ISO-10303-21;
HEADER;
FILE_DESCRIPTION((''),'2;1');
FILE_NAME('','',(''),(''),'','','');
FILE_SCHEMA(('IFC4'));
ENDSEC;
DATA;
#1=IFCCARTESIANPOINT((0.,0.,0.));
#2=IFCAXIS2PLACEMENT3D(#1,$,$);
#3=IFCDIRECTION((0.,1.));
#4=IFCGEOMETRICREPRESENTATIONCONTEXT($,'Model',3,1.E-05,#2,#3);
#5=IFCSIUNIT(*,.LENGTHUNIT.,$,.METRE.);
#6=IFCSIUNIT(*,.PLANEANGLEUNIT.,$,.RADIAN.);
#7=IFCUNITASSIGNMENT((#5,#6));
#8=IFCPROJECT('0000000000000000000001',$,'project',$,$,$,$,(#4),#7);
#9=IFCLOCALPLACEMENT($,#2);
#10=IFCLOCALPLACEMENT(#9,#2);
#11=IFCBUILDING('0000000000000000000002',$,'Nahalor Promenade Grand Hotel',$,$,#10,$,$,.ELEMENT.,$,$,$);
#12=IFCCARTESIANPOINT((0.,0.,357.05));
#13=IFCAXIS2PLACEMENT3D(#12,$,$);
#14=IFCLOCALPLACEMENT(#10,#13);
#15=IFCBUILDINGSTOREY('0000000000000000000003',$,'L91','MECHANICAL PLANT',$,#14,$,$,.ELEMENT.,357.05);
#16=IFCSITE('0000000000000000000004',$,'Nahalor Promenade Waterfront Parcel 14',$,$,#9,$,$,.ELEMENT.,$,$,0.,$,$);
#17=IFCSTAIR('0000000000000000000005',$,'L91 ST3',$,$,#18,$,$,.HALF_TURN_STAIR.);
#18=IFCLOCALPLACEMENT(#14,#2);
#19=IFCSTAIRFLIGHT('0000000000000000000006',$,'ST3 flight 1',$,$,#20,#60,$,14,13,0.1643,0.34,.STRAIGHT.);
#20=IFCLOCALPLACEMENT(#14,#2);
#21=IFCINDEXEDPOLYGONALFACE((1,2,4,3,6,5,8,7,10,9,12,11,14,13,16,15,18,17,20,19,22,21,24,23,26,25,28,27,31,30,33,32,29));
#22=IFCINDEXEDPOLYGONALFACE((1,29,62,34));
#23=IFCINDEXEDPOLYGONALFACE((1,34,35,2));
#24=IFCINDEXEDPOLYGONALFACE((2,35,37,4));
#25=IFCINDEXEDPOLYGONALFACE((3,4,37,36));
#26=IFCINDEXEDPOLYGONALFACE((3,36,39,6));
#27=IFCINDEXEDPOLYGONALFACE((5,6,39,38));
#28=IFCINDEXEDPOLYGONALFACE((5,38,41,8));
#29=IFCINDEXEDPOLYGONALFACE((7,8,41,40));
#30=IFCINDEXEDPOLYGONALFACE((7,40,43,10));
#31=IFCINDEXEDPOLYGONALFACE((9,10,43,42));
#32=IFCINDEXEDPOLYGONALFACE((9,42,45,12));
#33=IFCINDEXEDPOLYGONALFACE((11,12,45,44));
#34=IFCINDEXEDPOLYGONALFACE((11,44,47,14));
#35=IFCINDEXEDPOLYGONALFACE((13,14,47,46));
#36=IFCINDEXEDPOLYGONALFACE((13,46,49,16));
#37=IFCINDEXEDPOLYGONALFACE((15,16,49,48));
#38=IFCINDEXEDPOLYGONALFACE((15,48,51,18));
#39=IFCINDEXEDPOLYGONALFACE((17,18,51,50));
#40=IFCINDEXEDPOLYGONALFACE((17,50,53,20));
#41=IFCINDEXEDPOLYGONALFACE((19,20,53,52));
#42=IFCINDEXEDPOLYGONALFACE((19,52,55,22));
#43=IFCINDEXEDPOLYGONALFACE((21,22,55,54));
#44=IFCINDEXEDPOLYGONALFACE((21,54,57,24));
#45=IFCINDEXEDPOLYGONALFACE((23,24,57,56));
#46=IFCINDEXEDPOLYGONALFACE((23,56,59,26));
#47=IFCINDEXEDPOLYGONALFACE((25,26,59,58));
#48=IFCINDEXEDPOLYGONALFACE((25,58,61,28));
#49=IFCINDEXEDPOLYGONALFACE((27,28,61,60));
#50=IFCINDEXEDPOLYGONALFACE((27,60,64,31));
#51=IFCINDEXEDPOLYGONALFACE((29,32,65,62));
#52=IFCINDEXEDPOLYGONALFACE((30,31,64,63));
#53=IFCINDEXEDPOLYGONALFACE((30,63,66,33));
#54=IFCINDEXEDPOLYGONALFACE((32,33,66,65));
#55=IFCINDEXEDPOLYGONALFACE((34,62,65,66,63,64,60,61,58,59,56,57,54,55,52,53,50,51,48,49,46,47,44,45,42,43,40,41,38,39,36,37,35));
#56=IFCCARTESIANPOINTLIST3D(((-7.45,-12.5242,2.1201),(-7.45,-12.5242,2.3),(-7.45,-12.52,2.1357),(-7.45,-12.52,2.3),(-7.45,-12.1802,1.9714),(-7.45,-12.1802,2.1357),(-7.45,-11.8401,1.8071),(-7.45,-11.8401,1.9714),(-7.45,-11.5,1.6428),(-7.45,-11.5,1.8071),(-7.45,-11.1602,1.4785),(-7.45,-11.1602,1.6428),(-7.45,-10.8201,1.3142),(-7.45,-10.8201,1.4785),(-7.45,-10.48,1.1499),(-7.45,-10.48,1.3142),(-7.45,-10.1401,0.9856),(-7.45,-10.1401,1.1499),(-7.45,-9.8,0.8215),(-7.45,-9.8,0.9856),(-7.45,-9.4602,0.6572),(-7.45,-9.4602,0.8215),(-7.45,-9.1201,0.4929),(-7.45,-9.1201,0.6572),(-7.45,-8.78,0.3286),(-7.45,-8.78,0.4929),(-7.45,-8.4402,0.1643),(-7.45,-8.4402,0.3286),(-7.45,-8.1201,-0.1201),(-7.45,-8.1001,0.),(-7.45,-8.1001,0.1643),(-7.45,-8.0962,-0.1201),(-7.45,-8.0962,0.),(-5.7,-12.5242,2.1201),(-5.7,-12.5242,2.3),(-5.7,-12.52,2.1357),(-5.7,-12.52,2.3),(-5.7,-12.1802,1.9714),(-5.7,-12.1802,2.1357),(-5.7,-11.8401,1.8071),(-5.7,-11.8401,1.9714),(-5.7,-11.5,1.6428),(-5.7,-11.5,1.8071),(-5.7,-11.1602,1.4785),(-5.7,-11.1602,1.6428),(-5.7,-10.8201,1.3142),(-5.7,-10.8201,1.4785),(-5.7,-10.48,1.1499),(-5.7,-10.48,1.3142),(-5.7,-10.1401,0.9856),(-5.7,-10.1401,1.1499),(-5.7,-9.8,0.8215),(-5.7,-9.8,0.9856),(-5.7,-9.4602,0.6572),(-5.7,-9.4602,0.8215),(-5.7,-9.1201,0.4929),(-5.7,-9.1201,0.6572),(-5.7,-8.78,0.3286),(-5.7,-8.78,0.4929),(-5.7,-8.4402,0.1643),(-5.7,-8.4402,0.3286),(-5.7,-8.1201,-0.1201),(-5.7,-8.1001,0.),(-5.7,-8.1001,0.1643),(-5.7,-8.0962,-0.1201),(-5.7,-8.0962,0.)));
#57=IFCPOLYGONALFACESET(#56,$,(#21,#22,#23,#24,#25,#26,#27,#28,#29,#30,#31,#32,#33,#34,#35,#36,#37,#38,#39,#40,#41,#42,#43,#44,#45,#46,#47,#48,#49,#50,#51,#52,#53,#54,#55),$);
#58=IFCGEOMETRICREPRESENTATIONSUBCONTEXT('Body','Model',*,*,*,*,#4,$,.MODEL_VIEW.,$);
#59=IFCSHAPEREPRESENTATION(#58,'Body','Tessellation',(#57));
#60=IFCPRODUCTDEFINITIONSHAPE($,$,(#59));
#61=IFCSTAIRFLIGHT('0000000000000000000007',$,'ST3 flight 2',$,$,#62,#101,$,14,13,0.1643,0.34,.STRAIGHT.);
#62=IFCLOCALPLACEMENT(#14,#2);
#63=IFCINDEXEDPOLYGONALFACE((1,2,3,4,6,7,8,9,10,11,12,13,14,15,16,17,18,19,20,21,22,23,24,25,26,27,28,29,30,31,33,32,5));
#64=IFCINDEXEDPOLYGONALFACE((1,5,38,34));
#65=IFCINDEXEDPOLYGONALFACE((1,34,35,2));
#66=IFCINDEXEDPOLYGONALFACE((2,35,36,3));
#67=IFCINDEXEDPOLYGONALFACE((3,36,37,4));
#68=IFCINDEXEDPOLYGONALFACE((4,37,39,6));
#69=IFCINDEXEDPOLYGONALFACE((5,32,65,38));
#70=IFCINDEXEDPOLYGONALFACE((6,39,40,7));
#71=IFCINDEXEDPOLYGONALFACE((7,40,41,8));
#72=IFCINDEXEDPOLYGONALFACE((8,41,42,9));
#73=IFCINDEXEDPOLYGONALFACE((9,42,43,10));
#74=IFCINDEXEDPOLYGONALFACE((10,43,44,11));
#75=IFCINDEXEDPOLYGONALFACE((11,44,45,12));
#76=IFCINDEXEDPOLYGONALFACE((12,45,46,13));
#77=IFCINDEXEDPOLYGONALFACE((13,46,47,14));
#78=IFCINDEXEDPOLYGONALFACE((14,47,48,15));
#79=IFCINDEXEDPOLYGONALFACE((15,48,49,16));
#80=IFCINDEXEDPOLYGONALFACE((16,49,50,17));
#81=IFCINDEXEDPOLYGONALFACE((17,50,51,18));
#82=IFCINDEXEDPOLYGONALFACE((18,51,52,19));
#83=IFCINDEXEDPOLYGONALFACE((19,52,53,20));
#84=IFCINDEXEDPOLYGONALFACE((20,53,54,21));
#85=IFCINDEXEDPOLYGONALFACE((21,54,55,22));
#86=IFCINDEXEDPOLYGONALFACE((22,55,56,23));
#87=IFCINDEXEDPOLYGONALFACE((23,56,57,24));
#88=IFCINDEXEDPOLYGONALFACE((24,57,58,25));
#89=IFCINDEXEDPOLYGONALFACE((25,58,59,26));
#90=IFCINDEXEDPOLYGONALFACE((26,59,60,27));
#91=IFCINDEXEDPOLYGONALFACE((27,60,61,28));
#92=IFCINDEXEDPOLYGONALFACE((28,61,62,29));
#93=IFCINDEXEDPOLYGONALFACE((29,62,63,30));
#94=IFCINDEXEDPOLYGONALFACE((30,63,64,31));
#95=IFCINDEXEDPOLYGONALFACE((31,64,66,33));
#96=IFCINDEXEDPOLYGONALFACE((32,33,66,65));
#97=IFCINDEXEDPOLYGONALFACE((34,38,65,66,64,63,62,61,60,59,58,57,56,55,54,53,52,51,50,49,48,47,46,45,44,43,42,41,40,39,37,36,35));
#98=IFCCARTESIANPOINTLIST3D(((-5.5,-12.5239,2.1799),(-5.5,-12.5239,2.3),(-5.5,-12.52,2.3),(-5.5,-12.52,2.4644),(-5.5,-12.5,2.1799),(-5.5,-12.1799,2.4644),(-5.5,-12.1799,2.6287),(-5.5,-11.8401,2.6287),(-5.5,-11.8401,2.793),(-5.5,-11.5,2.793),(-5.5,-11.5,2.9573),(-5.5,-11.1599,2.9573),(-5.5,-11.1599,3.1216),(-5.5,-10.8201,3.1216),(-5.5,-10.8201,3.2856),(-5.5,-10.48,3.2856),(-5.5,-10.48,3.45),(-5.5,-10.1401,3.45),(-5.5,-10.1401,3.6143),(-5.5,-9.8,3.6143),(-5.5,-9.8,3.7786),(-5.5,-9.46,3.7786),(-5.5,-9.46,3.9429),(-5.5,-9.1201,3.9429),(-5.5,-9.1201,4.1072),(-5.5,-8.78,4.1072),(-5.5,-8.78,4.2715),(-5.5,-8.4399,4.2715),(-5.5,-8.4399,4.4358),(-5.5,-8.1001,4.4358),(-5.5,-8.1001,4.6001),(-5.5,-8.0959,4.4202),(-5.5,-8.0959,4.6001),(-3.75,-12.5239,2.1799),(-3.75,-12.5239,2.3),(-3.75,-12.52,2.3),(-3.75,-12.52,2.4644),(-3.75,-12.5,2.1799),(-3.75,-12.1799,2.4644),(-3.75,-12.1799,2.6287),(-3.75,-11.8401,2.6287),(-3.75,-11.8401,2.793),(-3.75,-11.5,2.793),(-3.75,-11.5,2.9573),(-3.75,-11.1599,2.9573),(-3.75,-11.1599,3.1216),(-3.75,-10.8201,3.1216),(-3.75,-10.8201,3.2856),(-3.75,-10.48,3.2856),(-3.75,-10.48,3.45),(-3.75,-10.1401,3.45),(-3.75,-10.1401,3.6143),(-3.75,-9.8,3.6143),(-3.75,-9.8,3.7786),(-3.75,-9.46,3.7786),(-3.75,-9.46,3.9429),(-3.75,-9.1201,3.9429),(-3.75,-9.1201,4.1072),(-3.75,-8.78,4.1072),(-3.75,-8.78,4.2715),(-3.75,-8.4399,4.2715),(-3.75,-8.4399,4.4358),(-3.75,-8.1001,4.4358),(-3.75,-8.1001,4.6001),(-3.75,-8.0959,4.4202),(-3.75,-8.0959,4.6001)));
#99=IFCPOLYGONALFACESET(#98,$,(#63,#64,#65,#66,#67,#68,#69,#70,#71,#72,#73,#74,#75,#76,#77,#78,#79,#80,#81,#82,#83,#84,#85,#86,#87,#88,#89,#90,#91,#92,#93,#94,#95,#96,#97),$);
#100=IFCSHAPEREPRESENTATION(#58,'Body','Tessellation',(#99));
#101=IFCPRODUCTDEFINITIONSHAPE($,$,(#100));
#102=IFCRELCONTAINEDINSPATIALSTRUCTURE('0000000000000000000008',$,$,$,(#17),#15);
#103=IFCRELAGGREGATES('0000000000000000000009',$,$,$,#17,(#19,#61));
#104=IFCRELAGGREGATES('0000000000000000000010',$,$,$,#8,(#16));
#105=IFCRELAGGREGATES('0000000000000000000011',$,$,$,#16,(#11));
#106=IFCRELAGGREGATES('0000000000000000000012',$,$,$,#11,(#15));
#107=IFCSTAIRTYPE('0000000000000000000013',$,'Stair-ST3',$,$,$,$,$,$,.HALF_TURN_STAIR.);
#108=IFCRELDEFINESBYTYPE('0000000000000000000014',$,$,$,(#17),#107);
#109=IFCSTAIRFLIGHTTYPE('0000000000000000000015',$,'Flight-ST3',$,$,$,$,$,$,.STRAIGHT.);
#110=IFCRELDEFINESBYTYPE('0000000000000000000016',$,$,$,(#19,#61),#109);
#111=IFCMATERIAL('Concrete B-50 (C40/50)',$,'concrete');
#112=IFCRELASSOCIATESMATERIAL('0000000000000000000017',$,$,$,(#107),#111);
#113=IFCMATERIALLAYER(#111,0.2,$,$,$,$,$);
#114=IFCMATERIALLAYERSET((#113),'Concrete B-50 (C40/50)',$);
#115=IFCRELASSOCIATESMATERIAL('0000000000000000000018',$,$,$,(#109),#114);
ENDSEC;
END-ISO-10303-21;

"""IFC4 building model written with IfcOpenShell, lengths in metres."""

from ifc_helpers import new_model, si_unit, direction, frame, origin, place, context, subcontext, project, spatial, polyline, outline, extrude, source, transform, mapped, material, layer, layer_set, type_object, element, aggregate, save


model = new_model("IFC4")

# Units and contexts
model_context = context("Model", 3, precision=1e-05, world=origin(), true_north=direction((0.0, 1.0)))
body_context = subcontext(model_context, "Body", "Model", "MODEL_VIEW")
ifc_project = project(units=[si_unit("LENGTHUNIT", "METRE"), si_unit("PLANEANGLEUNIT", "RADIAN")], contexts=[model_context])

# Site, building, storey
site_placement = place(None, origin())
site = spatial("IfcSite", under=ifc_project, at=site_placement, Name="Nahalor Promenade Waterfront Parcel 14", CompositionType="ELEMENT", RefElevation=0.0)
building_placement = place(site_placement, origin())
building = spatial("IfcBuilding", under=site, at=building_placement, Name="Nahalor Promenade Grand Hotel", CompositionType="ELEMENT")
storey_placement = place(building_placement, frame((0.0, 0.0, 357.05)))
storey = spatial("IfcBuildingStorey", under=building, at=storey_placement, Name="L91", Description="MECHANICAL PLANT", CompositionType="ELEMENT", Elevation=357.05)

# Shared definitions
ifc_material_1 = material(Name="Concrete B-50 (C40/50)", Category="concrete")

# Stair, stair flights
stair_type = type_object("IfcStairType", Name="Stair-ST3", PredefinedType="HALF_TURN_STAIR", material=ifc_material_1)
stair_placement = place(storey_placement, origin())
stair = element("IfcStair", 1, at=stair_placement, inside=storey, type_object=stair_type, Name="L91 ST3", PredefinedType="HALF_TURN_STAIR")
ifc_layer_1 = layer(ifc_material_1, 0.2)
ifc_layer_set_1 = layer_set([ifc_layer_1], Name="Concrete B-50 (C40/50)")
stair_flight_type = type_object("IfcStairFlightType", Name="Flight-ST3", PredefinedType="STRAIGHT", material=ifc_layer_set_1)
shared_shape_1 = source(origin(), body_context, "Body", "SweptSolid", [
    extrude(outline(polyline([(-0.0039, -0.1201), (-0.0039, 0.0), (0.0, 0.0), (0.0, 0.1643), (0.3401, 0.1643), (0.3401, 0.3286), (0.6799, 0.3286), (0.6799, 0.4929), (1.02, 0.4929), (1.02, 0.6572), (1.3601, 0.6572), (1.3601, 0.8215), (1.7, 0.8215), (1.7, 0.9856), (2.04, 0.9856), (2.04, 1.1499), (2.3799, 1.1499), (2.3799, 1.3142), (2.72, 1.3142), (2.72, 1.4785), (3.0601, 1.4785), (3.0601, 1.6428), (3.3999, 1.6428), (3.3999, 1.8071), (3.74, 1.8071), (3.74, 1.9714), (4.0801, 1.9714), (4.0801, 2.1357), (4.4199, 2.1357), (4.4199, 2.3), (4.4241, 2.3), (4.4241, 2.1201), (0.02, -0.1201), (-0.0039, -0.1201)])), frame((0.0, 0.875, 0.0), z_axis=(0.0, -1.0, 0.0), x_axis=(1.0, 0.0, 0.0)), (0.0, 0.0, 1.0), 1.75),
])
stair_flight_1_placement = place(storey_placement, frame((-6.575, -8.1001, 0.0), z_axis=(0.0, 0.0, 1.0), x_axis=(0.0, -1.0, 0.0)))
stair_flight_1 = element("IfcStairFlight", 2, at=stair_flight_1_placement, type_object=stair_flight_type, Name="ST3 flight 1", NumberOfRisers=14, NumberOfTreads=13, PredefinedType="STRAIGHT", RiserHeight=0.1643, TreadLength=0.34, context=body_context, shape_type="MappedRepresentation", body=[
    mapped(shared_shape_1, transform((0.0, 0.0, 0.0), scale=1.0)),
])
stair_flight_2_placement = place(storey_placement, frame((-4.625, -12.52, 2.3), z_axis=(0.0, 0.0, 1.0), x_axis=(0.0, 1.0, 0.0)))
stair_flight_2 = element("IfcStairFlight", 3, at=stair_flight_2_placement, type_object=stair_flight_type, Name="ST3 flight 2", NumberOfRisers=14, NumberOfTreads=13, PredefinedType="STRAIGHT", RiserHeight=0.1643, TreadLength=0.34, context=body_context, shape_type="MappedRepresentation", body=[
    mapped(shared_shape_1, transform((0.0, 0.0, 0.0), scale=1.0)),
])
aggregate(stair, [stair_flight_1, stair_flight_2])

save(model, "model.ifc")
